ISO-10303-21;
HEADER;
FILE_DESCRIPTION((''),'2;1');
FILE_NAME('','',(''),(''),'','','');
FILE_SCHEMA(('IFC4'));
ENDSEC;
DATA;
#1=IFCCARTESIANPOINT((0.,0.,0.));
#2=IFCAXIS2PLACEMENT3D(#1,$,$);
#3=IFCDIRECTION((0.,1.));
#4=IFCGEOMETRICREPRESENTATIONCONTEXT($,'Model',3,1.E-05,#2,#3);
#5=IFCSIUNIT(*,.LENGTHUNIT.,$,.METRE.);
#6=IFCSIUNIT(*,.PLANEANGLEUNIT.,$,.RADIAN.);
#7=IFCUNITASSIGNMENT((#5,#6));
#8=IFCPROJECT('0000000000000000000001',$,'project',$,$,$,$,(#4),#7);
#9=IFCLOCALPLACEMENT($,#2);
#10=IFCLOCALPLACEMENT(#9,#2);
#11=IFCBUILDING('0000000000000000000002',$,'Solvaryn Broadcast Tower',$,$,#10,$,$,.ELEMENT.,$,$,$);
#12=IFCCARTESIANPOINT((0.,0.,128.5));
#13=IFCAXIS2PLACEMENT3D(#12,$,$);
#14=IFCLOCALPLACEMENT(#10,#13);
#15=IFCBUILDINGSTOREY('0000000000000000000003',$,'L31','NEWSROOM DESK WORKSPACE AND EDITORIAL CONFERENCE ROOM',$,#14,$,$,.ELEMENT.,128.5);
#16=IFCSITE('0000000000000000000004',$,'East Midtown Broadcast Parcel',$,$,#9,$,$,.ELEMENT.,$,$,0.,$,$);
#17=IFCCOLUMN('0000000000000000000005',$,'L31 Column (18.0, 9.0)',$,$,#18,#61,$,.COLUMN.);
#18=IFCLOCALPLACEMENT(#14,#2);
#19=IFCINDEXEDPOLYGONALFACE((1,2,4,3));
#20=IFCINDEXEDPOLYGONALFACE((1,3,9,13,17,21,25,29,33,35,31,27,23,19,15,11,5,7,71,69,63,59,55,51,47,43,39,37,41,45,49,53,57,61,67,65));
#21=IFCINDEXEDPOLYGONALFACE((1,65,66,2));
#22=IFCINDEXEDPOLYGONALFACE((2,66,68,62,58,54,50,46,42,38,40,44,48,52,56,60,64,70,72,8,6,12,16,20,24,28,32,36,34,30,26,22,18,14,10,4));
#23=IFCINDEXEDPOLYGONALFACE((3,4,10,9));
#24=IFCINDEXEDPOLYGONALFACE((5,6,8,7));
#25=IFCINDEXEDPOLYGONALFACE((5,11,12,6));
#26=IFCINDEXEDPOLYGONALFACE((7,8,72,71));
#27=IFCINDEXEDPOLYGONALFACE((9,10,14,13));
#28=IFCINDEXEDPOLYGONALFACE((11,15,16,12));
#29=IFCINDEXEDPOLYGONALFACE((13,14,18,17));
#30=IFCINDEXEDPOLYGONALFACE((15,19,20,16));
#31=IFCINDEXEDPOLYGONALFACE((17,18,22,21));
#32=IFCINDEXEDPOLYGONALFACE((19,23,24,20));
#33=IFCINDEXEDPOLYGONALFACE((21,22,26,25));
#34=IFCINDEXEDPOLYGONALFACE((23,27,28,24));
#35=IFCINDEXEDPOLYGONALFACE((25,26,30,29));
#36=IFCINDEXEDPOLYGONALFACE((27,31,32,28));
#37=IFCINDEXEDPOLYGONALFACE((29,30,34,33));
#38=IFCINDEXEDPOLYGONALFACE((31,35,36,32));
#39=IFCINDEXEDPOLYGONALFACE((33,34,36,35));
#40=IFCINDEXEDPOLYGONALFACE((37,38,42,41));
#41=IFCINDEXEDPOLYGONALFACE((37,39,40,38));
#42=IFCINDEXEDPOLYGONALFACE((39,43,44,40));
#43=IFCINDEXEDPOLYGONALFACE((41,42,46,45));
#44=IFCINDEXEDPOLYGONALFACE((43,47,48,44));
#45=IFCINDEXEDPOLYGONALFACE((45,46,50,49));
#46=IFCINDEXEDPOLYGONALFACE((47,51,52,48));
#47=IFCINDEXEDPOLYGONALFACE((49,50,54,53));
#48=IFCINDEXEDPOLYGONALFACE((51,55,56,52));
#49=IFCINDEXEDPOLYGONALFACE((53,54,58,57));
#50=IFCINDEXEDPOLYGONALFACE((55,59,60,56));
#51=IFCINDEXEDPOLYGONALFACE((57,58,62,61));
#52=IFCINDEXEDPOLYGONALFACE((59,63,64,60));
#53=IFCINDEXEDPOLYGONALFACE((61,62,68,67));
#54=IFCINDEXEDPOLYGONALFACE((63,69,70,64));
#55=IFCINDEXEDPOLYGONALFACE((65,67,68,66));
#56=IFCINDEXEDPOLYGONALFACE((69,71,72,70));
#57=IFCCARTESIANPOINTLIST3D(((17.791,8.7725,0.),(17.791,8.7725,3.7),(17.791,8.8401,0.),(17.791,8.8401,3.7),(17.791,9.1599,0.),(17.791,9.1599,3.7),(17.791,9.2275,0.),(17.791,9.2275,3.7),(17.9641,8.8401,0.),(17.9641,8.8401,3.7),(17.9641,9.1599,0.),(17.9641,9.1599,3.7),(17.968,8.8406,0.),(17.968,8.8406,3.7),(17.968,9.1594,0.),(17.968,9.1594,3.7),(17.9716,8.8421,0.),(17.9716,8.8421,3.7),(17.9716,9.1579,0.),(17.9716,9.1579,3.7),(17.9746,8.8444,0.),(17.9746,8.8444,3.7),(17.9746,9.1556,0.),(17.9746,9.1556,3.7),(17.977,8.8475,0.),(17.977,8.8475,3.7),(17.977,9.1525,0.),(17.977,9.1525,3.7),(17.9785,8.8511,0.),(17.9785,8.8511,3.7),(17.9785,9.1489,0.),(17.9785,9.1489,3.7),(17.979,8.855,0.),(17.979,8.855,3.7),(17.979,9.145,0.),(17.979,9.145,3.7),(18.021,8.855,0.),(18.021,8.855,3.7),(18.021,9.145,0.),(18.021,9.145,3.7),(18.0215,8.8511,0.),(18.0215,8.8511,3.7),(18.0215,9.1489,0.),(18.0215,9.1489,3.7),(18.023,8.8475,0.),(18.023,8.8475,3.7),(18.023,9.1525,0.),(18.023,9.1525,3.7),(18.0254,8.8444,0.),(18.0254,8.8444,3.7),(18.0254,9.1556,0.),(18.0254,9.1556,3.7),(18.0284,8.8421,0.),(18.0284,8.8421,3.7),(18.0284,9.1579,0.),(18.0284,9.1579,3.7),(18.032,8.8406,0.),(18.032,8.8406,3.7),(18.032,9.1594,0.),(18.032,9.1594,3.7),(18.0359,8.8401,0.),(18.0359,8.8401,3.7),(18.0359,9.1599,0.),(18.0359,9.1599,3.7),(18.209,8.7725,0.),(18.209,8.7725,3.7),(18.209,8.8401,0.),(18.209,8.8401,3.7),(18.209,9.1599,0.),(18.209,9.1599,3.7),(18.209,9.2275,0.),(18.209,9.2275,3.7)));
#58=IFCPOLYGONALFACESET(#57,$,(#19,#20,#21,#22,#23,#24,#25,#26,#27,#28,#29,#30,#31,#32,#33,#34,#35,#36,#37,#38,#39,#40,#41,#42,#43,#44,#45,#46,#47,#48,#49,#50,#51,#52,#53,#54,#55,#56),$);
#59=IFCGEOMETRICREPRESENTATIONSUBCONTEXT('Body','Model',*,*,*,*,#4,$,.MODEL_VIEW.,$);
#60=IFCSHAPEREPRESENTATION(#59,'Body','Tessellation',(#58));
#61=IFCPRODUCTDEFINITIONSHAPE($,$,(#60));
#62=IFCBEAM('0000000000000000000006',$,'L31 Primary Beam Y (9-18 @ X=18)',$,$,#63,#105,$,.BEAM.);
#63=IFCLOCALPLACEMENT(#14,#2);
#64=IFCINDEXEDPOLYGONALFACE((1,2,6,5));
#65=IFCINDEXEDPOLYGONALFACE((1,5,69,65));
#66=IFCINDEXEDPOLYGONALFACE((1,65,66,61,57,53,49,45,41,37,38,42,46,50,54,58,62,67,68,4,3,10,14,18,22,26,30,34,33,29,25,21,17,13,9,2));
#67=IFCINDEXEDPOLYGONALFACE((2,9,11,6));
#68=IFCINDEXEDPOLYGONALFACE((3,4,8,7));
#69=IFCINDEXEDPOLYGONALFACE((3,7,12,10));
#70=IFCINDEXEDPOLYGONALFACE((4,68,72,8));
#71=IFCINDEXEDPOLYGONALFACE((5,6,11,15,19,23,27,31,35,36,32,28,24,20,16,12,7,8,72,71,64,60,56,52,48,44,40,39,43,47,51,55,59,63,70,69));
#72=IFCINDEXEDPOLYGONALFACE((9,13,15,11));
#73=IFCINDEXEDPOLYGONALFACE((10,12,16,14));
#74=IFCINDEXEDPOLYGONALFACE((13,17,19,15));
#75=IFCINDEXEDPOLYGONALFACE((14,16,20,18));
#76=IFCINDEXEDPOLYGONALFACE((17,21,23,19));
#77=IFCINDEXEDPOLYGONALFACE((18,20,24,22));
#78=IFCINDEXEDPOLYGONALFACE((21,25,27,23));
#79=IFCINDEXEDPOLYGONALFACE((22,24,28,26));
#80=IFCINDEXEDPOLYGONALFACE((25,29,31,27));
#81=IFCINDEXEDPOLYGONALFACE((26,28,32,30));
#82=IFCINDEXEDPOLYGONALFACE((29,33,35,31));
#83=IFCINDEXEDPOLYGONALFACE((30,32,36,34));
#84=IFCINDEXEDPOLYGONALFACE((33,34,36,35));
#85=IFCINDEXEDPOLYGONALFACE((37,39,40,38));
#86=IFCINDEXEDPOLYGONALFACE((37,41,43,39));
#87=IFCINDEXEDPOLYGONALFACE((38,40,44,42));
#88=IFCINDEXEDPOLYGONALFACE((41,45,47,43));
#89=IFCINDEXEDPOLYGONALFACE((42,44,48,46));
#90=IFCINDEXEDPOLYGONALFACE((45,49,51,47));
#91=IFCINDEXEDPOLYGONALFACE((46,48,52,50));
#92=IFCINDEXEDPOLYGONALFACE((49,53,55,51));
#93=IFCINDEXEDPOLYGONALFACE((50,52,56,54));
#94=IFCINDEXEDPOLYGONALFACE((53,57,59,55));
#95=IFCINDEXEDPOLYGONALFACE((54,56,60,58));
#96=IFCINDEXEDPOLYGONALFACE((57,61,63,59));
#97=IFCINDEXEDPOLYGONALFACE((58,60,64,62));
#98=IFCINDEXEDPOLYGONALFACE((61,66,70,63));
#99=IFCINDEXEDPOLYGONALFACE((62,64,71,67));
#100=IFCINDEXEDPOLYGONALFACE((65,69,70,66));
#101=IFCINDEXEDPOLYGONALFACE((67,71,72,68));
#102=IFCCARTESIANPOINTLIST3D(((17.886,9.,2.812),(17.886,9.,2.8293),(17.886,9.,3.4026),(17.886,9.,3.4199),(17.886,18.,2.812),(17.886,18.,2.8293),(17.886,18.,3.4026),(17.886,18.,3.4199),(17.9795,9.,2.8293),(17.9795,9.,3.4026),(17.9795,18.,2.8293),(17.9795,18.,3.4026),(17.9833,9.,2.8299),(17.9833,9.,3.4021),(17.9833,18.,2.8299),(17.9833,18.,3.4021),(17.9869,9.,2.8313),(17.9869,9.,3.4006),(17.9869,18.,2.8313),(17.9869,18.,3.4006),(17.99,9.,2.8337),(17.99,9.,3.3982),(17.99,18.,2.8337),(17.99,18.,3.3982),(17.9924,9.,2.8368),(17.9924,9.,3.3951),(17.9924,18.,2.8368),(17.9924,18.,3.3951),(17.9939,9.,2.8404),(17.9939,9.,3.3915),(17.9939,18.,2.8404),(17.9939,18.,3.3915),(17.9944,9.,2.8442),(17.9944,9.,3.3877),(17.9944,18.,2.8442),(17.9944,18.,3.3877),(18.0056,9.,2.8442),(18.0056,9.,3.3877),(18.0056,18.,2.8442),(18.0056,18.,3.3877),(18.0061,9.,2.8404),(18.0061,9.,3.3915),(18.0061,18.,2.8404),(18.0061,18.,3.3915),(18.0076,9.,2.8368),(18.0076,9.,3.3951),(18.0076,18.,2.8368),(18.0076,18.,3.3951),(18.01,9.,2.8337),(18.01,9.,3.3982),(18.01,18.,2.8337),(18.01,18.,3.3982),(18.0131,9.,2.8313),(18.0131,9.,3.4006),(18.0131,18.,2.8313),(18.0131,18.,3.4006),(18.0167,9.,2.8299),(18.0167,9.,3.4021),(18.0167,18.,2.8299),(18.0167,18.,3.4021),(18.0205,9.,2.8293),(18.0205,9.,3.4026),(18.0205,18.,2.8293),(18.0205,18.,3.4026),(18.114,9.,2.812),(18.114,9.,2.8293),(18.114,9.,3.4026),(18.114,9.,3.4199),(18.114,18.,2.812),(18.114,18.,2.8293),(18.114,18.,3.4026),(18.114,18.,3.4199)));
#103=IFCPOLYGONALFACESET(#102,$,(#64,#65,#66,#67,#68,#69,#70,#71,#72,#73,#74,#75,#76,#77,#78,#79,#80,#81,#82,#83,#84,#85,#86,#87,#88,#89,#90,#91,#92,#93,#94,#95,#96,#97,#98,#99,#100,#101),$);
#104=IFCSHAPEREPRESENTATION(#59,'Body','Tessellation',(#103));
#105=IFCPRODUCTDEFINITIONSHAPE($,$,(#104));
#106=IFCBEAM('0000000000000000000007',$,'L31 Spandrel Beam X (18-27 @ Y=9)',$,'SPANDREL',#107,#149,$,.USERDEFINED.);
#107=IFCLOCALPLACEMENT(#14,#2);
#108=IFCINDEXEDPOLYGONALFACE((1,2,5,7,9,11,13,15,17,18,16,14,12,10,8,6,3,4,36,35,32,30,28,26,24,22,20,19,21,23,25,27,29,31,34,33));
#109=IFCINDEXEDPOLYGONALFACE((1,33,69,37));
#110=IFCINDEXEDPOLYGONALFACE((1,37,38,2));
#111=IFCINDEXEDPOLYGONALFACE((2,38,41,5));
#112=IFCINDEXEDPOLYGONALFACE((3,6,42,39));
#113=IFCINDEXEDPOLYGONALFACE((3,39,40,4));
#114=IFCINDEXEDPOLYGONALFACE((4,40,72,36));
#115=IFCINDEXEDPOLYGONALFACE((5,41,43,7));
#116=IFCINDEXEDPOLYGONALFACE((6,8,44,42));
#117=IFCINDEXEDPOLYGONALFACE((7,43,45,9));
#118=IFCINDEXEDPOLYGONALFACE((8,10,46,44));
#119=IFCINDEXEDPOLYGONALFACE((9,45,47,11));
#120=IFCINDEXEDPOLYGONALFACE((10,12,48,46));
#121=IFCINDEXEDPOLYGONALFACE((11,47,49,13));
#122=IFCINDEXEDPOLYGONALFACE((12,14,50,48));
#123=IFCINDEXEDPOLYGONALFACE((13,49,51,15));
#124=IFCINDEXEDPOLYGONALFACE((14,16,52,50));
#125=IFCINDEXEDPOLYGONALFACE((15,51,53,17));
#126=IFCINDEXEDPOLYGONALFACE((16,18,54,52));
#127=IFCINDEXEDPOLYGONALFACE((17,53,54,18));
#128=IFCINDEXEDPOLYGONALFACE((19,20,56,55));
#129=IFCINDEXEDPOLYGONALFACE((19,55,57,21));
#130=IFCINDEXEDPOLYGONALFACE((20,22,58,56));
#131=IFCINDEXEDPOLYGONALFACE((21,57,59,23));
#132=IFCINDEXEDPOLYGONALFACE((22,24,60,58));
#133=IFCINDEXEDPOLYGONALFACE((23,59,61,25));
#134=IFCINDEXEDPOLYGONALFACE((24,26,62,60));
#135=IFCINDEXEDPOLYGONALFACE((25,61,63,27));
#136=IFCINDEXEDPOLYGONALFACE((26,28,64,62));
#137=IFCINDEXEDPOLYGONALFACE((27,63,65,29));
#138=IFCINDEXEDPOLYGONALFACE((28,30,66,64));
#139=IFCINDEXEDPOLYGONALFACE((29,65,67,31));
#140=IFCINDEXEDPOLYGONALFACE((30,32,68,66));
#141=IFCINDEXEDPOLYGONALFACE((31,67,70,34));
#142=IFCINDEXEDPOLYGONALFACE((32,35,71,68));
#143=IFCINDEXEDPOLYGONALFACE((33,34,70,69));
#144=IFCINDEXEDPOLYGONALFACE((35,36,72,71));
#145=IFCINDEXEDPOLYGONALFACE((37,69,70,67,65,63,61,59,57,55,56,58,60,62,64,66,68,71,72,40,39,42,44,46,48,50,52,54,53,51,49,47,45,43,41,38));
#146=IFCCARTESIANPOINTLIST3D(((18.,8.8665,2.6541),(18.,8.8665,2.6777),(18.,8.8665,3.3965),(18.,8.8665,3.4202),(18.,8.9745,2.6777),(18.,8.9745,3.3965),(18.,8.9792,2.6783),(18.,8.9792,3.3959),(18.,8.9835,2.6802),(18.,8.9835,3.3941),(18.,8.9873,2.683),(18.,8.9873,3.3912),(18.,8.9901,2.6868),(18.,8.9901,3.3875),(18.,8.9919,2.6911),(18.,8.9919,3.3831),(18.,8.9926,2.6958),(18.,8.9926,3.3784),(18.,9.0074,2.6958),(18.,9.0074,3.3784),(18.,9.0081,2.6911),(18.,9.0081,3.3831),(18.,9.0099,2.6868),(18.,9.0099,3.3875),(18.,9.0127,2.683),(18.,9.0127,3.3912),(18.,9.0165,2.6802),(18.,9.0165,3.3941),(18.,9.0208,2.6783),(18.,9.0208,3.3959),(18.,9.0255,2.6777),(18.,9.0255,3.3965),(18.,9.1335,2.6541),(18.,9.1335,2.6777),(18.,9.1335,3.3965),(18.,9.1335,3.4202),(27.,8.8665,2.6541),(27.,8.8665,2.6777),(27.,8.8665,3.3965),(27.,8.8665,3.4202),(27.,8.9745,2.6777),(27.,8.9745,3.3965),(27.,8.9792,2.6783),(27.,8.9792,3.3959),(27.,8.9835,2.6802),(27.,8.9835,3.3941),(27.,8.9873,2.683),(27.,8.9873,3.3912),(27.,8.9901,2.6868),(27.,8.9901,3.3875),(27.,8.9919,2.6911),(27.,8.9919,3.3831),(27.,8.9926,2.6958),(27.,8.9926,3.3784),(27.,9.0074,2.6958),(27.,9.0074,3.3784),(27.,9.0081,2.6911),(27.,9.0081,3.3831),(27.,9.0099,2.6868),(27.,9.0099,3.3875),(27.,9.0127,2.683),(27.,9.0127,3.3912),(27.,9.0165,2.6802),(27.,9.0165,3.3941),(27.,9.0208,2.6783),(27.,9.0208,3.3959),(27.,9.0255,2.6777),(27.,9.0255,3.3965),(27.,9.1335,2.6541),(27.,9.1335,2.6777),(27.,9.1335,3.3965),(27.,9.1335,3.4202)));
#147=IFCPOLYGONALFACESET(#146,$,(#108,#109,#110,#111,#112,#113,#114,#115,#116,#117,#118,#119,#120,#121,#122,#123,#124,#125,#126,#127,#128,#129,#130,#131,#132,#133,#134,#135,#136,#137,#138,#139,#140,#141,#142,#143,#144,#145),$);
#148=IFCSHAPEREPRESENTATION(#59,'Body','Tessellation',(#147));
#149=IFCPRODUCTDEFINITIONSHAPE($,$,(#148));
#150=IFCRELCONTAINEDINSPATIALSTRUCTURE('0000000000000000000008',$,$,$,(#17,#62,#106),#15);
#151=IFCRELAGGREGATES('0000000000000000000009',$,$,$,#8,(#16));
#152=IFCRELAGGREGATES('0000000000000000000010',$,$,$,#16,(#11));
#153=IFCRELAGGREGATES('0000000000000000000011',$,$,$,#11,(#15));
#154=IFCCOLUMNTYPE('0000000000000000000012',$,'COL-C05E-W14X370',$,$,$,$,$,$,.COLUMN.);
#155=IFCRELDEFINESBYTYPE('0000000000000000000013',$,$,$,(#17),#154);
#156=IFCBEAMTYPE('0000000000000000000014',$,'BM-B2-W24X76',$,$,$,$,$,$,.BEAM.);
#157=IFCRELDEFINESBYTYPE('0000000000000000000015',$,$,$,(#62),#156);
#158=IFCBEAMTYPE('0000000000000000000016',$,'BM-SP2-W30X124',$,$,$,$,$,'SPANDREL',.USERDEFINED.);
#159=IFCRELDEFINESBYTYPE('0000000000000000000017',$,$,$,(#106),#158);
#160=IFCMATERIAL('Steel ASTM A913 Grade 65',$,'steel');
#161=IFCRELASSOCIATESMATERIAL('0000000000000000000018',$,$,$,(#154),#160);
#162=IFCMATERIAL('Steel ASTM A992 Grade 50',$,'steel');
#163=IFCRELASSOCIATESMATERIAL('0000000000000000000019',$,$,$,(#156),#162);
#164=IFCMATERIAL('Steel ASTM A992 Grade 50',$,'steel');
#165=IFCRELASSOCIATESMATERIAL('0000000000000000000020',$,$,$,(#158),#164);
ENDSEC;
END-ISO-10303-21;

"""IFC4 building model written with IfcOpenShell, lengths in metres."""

from ifc_helpers import new_model, si_unit, direction, frame, origin, origin_2d, place, context, subcontext, project, spatial, i_section, extrude, material, material_profile, profile_set, type_object, element, save


model = new_model("IFC4")

# Units and contexts
model_context = context("Model", 3, precision=1e-05, world=origin(), true_north=direction((0.0, 1.0)))
body_context = subcontext(model_context, "Body", "Model", "MODEL_VIEW")
ifc_project = project(units=[si_unit("LENGTHUNIT", "METRE"), si_unit("PLANEANGLEUNIT", "RADIAN")], contexts=[model_context])

# Site, building, storey
site_placement = place(None, origin())
site = spatial("IfcSite", under=ifc_project, at=site_placement, Name="East Midtown Broadcast Parcel", CompositionType="ELEMENT", RefElevation=0.0)
building_placement = place(site_placement, origin())
building = spatial("IfcBuilding", under=site, at=building_placement, Name="Solvaryn Broadcast Tower", CompositionType="ELEMENT")
storey_placement = place(building_placement, frame((0.0, 0.0, 128.5)))
storey = spatial("IfcBuildingStorey", under=building, at=storey_placement, Name="L31", Description="NEWSROOM DESK WORKSPACE AND EDITORIAL CONFERENCE ROOM", CompositionType="ELEMENT", Elevation=128.5)

# Column
ifc_material_1 = material(Name="Steel ASTM A913 Grade 65", Category="steel")
ifc_material_profile_1 = material_profile(ifc_material_1, i_section(OverallWidth=0.418, OverallDepth=0.4551, WebThickness=0.042, FlangeThickness=0.0676, FilletRadius=0.0149, at=origin_2d()))
ifc_profile_set_1 = profile_set([ifc_material_profile_1], Name="Steel ASTM A913 Grade 65")
column_type = type_object("IfcColumnType", Name="COL-C05E-W14X370", PredefinedType="COLUMN", material=ifc_profile_set_1)
column_placement = place(storey_placement, frame((18.0, 9.0, 0.0), z_axis=(0.0, 0.0, 1.0), x_axis=(1.0, 0.0, 0.0)))
element("IfcColumn", 1, at=column_placement, inside=storey, type_object=column_type, Name="L31 Column (18.0, 9.0)", PredefinedType="COLUMN", context=body_context, shape_type="SweptSolid", body=[
    extrude(i_section(OverallWidth=0.418, OverallDepth=0.4551, WebThickness=0.042, FlangeThickness=0.0676, FilletRadius=0.0149, at=origin_2d()), origin(), (0.0, 0.0, 1.0), 3.7),
])

# Beams
ifc_material_2 = material(Name="Steel ASTM A992 Grade 50", Category="steel")
ifc_material_profile_2 = material_profile(ifc_material_2, i_section(OverallWidth=0.228, OverallDepth=0.6079, WebThickness=0.0112, FlangeThickness=0.0173, FilletRadius=0.0149, at=origin_2d()))
ifc_profile_set_2 = profile_set([ifc_material_profile_2], Name="Steel ASTM A992 Grade 50")
beam_type_1 = type_object("IfcBeamType", Name="BM-B2-W24X76", PredefinedType="BEAM", material=ifc_profile_set_2)
beam_1_placement = place(storey_placement, frame((18.0, 9.0, 3.116), z_axis=(0.0, 1.0, 0.0), x_axis=(-1.0, 0.0, 0.0)))
element("IfcBeam", 2, at=beam_1_placement, inside=storey, type_object=beam_type_1, Name="L31 Primary Beam Y (9-18 @ X=18)", PredefinedType="BEAM", context=body_context, shape_type="SweptSolid", body=[
    extrude(i_section(OverallWidth=0.228, OverallDepth=0.6079, WebThickness=0.0112, FlangeThickness=0.0173, FilletRadius=0.0149, at=origin_2d()), origin(), (0.0, 0.0, 1.0), 9.0),
])
ifc_material_3 = material(Name="Steel ASTM A992 Grade 50", Category="steel")
ifc_material_profile_3 = material_profile(ifc_material_3, i_section(OverallWidth=0.2671, OverallDepth=0.7661, WebThickness=0.0149, FlangeThickness=0.0237, FilletRadius=0.0181, at=origin_2d()))
ifc_profile_set_3 = profile_set([ifc_material_profile_3], Name="Steel ASTM A992 Grade 50")
beam_type_2 = type_object("IfcBeamType", Name="BM-SP2-W30X124", ElementType="SPANDREL", PredefinedType="USERDEFINED", material=ifc_profile_set_3)
beam_2_placement = place(storey_placement, frame((18.0, 9.0, 3.0371), z_axis=(1.0, 0.0, 0.0), x_axis=(0.0, 1.0, 0.0)))
element("IfcBeam", 3, at=beam_2_placement, inside=storey, type_object=beam_type_2, Name="L31 Spandrel Beam X (18-27 @ Y=9)", ObjectType="SPANDREL", PredefinedType="USERDEFINED", context=body_context, shape_type="SweptSolid", body=[
    extrude(i_section(OverallWidth=0.2671, OverallDepth=0.7661, WebThickness=0.0149, FlangeThickness=0.0237, FilletRadius=0.0181, at=origin_2d()), origin(), (0.0, 0.0, 1.0), 9.0),
])

save(model, "model.ifc")
